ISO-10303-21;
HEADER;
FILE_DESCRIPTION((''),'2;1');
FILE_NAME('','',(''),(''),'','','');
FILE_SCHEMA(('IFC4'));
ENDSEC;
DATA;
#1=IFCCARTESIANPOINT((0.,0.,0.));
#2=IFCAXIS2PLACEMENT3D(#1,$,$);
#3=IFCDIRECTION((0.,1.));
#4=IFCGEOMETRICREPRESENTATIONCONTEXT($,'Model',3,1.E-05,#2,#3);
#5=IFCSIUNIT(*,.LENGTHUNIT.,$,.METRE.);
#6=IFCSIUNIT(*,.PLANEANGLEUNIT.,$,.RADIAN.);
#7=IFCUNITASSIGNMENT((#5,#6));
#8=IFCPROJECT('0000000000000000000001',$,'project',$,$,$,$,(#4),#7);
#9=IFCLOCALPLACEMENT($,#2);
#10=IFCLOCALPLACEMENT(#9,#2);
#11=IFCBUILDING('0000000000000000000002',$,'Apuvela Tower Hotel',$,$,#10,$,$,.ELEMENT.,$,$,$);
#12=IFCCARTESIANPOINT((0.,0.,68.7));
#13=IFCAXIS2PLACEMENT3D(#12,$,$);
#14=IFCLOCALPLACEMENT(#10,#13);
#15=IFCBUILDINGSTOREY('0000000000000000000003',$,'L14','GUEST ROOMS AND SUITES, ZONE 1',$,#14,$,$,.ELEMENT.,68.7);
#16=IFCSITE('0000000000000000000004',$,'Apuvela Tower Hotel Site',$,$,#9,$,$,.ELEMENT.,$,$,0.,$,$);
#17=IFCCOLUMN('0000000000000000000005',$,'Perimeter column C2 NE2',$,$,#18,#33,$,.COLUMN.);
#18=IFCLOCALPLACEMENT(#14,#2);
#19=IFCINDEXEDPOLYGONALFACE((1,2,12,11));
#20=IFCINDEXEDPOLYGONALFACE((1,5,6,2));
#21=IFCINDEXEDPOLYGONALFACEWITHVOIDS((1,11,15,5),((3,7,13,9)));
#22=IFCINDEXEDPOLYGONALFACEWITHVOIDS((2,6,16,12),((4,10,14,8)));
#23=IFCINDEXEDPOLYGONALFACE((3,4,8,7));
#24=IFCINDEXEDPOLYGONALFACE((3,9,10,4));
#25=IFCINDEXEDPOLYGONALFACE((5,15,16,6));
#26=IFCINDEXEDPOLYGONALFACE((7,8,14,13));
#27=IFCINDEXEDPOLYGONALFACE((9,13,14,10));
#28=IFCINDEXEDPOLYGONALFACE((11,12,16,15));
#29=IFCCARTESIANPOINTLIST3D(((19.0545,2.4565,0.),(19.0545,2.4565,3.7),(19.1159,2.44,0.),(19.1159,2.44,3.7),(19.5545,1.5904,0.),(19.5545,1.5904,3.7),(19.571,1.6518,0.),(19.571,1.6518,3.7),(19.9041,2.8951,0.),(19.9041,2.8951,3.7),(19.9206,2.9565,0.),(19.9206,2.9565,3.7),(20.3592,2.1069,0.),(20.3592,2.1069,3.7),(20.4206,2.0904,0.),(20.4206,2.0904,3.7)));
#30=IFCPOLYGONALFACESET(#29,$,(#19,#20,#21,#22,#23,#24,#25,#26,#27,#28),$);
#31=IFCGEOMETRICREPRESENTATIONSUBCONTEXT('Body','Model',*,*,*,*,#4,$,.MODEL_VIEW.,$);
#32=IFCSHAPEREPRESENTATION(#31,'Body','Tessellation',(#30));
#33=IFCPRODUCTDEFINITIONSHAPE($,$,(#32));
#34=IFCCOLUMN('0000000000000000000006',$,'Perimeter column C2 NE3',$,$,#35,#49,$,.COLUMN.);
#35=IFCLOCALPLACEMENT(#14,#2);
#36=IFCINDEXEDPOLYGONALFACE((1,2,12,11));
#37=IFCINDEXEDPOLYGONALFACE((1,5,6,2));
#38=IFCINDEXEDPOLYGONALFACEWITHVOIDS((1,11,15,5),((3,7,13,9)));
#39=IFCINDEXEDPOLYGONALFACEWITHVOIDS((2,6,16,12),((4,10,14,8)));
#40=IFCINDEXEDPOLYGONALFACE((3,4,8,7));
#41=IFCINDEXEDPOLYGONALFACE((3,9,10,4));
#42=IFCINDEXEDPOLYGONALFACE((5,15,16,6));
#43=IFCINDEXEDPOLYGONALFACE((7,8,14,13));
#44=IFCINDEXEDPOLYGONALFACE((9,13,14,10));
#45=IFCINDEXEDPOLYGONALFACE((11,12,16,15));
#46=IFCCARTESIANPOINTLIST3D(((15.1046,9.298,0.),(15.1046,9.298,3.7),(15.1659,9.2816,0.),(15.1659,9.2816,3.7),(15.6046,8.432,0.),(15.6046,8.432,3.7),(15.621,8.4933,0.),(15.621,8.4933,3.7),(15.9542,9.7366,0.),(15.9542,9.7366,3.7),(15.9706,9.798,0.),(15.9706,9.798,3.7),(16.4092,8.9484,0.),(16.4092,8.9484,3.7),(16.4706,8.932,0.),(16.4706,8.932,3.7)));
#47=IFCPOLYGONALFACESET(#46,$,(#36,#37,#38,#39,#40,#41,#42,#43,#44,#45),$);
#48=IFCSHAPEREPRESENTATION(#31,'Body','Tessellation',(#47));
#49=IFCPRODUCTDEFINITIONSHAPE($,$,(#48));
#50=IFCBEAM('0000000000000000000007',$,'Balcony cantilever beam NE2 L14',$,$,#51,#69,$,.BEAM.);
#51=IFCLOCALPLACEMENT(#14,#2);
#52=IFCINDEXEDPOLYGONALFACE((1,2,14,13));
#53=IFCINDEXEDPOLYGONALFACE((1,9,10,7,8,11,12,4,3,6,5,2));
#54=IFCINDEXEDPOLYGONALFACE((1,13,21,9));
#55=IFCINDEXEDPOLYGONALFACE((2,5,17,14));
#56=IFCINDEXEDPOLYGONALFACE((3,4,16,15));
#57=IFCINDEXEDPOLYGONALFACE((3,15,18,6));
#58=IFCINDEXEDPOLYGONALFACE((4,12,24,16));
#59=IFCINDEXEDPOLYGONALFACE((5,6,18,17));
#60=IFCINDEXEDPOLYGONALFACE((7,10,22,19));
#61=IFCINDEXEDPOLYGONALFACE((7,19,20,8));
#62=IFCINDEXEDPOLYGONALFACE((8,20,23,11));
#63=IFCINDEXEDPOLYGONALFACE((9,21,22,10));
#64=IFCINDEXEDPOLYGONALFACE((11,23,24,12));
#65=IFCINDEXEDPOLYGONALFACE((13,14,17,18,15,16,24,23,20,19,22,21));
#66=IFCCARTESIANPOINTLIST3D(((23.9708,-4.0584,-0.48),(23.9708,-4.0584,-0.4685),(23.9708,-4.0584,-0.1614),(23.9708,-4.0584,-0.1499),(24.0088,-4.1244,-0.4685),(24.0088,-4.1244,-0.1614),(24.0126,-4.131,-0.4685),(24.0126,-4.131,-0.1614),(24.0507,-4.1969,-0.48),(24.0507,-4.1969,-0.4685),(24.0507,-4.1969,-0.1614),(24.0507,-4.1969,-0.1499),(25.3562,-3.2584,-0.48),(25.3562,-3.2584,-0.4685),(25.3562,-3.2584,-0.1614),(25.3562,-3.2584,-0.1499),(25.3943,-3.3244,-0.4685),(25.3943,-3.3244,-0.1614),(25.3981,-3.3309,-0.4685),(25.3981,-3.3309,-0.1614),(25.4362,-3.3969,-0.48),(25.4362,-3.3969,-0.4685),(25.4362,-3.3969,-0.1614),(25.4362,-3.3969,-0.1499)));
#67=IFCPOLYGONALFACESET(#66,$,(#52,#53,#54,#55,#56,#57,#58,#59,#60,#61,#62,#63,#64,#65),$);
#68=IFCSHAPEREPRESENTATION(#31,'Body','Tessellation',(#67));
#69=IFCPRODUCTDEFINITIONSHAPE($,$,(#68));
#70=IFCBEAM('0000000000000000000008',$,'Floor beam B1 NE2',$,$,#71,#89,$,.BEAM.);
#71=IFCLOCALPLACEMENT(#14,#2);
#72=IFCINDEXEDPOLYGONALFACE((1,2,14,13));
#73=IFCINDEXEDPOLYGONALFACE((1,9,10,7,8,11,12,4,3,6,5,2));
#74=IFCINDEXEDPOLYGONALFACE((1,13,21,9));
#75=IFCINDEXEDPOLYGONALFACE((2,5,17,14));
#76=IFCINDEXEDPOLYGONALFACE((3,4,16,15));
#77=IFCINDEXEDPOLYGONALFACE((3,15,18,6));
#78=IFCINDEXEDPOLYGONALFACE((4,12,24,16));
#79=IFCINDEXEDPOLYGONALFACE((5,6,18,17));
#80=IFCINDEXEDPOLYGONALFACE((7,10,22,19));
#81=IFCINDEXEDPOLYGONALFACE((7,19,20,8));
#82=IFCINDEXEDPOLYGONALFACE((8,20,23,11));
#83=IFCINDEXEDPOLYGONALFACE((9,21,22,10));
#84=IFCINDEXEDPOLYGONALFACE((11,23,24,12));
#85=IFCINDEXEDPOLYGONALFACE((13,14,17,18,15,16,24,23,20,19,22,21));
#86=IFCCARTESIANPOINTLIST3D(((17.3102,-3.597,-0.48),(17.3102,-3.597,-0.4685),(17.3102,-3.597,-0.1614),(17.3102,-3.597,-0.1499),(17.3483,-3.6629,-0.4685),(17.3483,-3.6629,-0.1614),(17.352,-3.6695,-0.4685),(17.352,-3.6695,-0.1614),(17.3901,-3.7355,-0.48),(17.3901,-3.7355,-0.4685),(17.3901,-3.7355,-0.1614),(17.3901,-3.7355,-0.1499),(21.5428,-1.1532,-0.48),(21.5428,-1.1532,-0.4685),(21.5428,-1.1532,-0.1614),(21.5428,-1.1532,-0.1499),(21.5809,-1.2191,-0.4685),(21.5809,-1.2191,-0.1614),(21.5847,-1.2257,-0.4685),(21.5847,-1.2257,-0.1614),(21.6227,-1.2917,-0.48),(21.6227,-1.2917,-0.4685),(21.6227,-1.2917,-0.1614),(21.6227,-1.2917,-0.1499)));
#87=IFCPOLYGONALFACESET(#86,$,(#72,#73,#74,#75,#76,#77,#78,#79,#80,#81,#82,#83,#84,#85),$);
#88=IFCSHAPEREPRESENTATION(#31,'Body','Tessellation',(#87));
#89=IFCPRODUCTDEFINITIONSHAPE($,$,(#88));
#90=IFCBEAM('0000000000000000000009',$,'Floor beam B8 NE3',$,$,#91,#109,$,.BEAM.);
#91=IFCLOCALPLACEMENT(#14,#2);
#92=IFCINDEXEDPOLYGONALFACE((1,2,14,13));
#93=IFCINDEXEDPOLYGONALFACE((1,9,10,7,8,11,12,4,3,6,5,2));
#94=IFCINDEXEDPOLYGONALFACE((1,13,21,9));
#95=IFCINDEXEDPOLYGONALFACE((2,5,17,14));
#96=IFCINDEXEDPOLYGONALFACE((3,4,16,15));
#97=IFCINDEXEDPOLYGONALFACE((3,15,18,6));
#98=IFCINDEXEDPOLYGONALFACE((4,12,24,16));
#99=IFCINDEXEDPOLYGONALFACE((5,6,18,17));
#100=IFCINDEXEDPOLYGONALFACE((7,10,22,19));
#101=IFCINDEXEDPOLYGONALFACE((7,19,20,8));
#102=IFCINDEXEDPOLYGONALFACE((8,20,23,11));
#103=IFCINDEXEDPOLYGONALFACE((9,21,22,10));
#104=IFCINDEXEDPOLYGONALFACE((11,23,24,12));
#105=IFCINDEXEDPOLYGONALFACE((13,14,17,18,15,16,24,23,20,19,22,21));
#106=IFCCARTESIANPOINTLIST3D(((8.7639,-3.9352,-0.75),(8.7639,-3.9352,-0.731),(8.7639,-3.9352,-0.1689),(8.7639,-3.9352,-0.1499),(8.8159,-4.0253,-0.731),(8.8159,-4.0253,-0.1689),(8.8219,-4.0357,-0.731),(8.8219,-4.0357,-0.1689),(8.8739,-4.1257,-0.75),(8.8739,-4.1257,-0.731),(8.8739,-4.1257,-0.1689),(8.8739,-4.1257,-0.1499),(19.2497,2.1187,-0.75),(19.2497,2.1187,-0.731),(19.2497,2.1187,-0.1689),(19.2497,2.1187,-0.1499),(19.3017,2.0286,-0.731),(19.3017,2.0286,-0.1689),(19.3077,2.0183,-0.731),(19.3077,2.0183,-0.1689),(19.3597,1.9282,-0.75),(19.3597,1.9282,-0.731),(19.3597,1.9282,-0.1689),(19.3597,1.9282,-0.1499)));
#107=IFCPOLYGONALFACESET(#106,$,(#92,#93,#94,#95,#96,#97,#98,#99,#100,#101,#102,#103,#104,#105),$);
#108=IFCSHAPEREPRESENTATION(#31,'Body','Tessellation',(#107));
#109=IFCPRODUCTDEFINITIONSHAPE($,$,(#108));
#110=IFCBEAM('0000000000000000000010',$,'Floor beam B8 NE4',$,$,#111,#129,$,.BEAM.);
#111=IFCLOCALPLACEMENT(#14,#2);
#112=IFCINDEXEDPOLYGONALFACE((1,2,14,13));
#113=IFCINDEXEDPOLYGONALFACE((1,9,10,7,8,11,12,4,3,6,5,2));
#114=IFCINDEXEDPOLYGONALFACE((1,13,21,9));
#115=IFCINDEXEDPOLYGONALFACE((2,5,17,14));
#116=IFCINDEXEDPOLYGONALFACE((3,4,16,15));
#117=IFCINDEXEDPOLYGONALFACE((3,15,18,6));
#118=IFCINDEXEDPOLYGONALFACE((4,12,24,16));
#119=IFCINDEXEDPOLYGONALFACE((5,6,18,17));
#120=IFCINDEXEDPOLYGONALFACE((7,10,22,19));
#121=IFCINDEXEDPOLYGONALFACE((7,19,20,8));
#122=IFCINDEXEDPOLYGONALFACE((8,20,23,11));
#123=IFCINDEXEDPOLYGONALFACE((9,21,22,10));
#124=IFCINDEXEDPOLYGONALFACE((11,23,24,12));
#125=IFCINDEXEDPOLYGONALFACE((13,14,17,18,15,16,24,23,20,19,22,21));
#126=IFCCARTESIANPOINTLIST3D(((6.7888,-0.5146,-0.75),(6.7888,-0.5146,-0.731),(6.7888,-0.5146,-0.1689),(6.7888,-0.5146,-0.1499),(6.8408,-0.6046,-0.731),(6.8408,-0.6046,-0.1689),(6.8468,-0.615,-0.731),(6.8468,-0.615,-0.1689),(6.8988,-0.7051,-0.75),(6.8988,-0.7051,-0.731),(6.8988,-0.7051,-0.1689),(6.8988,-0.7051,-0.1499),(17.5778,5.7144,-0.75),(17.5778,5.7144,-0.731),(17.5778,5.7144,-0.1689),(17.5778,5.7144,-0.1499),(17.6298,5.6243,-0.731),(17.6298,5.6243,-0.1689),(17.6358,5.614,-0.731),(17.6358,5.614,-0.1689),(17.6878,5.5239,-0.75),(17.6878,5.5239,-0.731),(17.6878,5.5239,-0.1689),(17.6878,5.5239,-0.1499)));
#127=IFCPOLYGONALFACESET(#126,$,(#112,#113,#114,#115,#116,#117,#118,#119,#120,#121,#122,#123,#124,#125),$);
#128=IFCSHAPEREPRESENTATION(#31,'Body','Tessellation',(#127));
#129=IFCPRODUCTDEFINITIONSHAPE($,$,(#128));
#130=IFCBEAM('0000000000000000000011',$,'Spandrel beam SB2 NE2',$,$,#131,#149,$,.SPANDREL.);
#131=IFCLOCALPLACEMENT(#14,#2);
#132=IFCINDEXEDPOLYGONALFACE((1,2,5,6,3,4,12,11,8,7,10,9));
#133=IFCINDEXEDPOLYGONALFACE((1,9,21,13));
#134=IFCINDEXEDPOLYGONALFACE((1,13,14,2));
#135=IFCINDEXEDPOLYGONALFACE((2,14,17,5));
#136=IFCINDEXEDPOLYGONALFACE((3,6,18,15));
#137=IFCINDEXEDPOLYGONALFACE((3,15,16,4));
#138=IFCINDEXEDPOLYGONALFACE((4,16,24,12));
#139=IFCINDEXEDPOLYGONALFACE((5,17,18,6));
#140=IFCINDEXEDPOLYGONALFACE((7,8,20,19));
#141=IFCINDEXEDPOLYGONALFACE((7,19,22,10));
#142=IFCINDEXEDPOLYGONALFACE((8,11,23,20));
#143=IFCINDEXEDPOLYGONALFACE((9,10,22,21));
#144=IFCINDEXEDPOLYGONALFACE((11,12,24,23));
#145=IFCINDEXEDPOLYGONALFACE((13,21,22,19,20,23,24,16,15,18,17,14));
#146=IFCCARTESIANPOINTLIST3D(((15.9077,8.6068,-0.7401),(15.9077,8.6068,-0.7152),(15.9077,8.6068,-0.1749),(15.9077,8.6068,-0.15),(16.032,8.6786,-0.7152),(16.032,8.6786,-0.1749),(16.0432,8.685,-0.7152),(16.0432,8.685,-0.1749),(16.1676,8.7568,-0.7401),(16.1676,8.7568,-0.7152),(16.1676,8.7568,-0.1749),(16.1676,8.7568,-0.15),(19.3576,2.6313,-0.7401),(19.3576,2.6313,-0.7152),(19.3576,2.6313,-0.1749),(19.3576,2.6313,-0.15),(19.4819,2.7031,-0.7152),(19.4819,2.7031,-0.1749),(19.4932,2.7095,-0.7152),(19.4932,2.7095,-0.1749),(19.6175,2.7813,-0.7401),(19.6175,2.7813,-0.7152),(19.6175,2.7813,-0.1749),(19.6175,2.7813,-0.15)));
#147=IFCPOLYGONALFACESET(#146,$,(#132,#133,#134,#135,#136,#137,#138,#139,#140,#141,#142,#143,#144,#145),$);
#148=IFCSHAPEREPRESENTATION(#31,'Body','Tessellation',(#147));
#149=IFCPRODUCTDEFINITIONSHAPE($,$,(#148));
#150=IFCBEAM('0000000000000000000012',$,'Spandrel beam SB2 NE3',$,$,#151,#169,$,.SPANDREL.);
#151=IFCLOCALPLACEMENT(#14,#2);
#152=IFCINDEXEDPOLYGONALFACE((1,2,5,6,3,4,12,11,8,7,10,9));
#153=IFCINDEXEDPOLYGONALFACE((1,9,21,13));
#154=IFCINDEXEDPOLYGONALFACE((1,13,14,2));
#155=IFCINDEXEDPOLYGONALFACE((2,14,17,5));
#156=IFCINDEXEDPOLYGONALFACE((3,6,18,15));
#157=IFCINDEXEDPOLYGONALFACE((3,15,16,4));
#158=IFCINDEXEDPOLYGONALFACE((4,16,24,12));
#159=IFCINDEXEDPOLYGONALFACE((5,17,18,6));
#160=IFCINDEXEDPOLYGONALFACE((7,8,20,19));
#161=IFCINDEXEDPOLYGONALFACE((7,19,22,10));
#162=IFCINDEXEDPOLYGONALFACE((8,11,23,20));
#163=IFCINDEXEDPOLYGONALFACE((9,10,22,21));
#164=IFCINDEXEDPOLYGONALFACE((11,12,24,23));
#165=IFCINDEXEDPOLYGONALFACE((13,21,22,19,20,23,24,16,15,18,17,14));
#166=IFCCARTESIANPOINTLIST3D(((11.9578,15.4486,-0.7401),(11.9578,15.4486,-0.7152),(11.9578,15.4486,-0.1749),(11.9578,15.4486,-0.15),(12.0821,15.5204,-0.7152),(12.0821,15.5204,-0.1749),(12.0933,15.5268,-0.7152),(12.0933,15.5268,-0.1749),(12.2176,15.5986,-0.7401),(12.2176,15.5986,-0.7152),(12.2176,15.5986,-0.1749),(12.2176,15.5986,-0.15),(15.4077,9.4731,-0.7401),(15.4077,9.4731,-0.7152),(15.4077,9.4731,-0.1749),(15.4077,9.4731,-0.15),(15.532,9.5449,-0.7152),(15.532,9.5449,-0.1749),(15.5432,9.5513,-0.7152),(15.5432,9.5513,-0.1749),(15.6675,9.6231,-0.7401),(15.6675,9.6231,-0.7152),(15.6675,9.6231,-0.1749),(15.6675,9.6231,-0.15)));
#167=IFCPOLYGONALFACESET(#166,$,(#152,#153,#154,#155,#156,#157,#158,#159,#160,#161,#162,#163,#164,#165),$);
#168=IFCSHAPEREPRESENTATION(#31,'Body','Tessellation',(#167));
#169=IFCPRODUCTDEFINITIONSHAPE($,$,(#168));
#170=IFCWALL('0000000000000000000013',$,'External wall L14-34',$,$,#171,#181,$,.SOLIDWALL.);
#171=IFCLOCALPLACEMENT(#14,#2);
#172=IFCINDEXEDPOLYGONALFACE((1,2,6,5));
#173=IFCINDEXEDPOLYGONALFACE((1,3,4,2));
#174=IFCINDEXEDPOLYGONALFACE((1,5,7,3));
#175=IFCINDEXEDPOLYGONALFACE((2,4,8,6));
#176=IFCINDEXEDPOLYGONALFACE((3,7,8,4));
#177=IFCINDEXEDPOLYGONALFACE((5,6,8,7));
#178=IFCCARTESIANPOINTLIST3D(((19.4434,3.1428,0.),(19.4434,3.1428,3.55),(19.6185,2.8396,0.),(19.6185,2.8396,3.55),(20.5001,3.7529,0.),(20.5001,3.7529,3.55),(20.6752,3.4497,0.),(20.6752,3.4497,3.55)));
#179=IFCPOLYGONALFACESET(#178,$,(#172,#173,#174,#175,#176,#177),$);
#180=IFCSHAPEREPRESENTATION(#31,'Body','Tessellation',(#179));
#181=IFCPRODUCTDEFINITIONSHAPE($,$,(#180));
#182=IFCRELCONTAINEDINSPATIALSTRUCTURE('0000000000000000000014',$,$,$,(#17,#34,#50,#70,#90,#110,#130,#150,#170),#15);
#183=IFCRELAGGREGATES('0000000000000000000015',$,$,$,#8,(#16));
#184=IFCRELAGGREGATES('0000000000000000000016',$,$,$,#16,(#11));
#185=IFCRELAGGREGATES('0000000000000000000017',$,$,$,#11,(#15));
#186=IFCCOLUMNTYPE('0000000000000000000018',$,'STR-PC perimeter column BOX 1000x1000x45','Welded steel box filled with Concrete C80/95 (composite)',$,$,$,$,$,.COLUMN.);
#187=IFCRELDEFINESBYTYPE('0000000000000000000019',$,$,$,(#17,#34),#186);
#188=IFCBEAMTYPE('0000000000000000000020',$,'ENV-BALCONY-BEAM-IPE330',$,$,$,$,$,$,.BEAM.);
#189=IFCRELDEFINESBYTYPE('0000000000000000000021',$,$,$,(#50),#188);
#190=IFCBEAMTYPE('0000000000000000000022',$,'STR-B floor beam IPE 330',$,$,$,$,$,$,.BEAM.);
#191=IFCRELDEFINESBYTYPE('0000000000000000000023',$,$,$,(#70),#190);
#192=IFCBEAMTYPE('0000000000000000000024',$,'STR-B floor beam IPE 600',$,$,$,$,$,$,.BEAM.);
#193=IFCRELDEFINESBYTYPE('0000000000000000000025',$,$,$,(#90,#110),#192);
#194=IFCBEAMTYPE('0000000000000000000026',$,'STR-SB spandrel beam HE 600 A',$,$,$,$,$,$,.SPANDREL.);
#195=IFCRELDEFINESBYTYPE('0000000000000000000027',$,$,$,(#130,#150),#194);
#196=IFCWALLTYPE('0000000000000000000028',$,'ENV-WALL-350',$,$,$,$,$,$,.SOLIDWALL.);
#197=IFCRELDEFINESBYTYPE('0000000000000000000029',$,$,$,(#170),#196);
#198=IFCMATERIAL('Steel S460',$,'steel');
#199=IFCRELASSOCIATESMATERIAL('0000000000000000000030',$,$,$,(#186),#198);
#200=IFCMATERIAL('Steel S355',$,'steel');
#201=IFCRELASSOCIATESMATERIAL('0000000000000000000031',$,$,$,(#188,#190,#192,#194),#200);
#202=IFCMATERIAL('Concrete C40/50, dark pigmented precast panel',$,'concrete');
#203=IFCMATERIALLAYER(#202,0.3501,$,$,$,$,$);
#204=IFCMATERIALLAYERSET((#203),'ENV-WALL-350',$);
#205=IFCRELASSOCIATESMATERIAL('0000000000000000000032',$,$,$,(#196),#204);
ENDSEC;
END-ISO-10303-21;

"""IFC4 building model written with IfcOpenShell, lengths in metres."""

from ifc_helpers import new_model, si_unit, direction, frame, frame_2d, origin, origin_2d, place, context, subcontext, project, spatial, rectangle, hollow_rectangle, i_section, extrude, material, layer, layer_set, material_profile, profile_set, type_object, element, save


model = new_model("IFC4")

# Units and contexts
model_context = context("Model", 3, precision=1e-05, world=origin(), true_north=direction((0.0, 1.0)))
body_context = subcontext(model_context, "Body", "Model", "MODEL_VIEW")
ifc_project = project(units=[si_unit("LENGTHUNIT", "METRE"), si_unit("PLANEANGLEUNIT", "RADIAN")], contexts=[model_context])

# Site, building, storey
site_placement = place(None, origin())
site = spatial("IfcSite", under=ifc_project, at=site_placement, Name="Apuvela Tower Hotel Site", CompositionType="ELEMENT", RefElevation=0.0)
building_placement = place(site_placement, origin())
building = spatial("IfcBuilding", under=site, at=building_placement, Name="Apuvela Tower Hotel", CompositionType="ELEMENT")
storey_placement = place(building_placement, frame((0.0, 0.0, 68.7)))
storey = spatial("IfcBuildingStorey", under=building, at=storey_placement, Name="L14", Description="GUEST ROOMS AND SUITES, ZONE 1", CompositionType="ELEMENT", Elevation=68.7)

# Columns
ifc_material_1 = material(Name="Steel S460", Category="steel")
ifc_material_profile_1 = material_profile(ifc_material_1, hollow_rectangle(XDim=1.0, YDim=1.0, WallThickness=0.0449, at=origin_2d()), Name="BOX 1000x1000x45")
ifc_material_2 = material(Name="Concrete C80/95", Category="concrete")
ifc_material_profile_2 = material_profile(ifc_material_2, rectangle(XDim=0.9099, YDim=0.9099, at=origin_2d()), Name="Concrete C80/95 infill")
ifc_profile_set_1 = profile_set([ifc_material_profile_1, ifc_material_profile_2], Name="Steel S460")
column_type = type_object("IfcColumnType", Name="STR-PC perimeter column BOX 1000x1000x45", Description="Welded steel box filled with Concrete C80/95 (composite)", PredefinedType="COLUMN", material=ifc_profile_set_1)
for number, where, z_axis, x_axis, name in (
    (1, (19.7375, 2.2734, 0.0), (0.0, 0.0, 1.0), (-0.5, 0.866025, 0.0), "Perimeter column C2 NE2"),
    (2, (15.7876, 9.115, 0.0), (0.0, 0.0, 1.0), (-0.5, 0.866025, 0.0), "Perimeter column C2 NE3"),
):
    element("IfcColumn", number, at=place(storey_placement, frame(where, z_axis=z_axis, x_axis=x_axis)), inside=storey, type_object=column_type, Name=name, PredefinedType="COLUMN", context=body_context, shape_type="SweptSolid", body=[
        extrude(hollow_rectangle(XDim=1.0, YDim=1.0, WallThickness=0.0449, at=origin_2d()), origin(), (0.0, 0.0, 1.0), 3.7),
    ])

# Beams
ifc_material_3 = material(Name="Steel S355", Category="steel")
ifc_material_profile_3 = material_profile(ifc_material_3, i_section(OverallWidth=0.1599, OverallDepth=0.3301, WebThickness=0.0076, FlangeThickness=0.0115, at=origin_2d()), Name="IPE 330")
ifc_profile_set_2 = profile_set([ifc_material_profile_3], Name="Steel S355")
beam_type_1 = type_object("IfcBeamType", Name="ENV-BALCONY-BEAM-IPE330", PredefinedType="BEAM", material=ifc_profile_set_2)
beam_1_placement = place(storey_placement, frame((24.0107, -4.1277, -0.3149), z_axis=(0.86599, 0.500061, 0.0), x_axis=(-0.500061, 0.86599, 0.0)))
element("IfcBeam", 3, at=beam_1_placement, inside=storey, type_object=beam_type_1, Name="Balcony cantilever beam NE2 L14", PredefinedType="BEAM", context=body_context, shape_type="SweptSolid", body=[
    extrude(i_section(OverallWidth=0.1599, OverallDepth=0.3301, WebThickness=0.0076, FlangeThickness=0.0115, at=origin_2d()), origin(), (0.0, 0.0, 1.0), 1.5999),
])
ifc_material_profile_4 = material_profile(ifc_material_3, i_section(OverallWidth=0.1599, OverallDepth=0.3301, WebThickness=0.0076, FlangeThickness=0.0115, at=origin_2d()), Name="IPE 330")
ifc_profile_set_3 = profile_set([ifc_material_profile_4], Name="Steel S355")
beam_type_2 = type_object("IfcBeamType", Name="STR-B floor beam IPE 330", PredefinedType="BEAM", material=ifc_profile_set_3)
beam_2_placement = place(storey_placement, frame((21.5828, -1.2224, -0.3149), z_axis=(-0.866015, -0.500018, 0.0), x_axis=(0.500018, -0.866015, 0.0)))
element("IfcBeam", 4, at=beam_2_placement, inside=storey, type_object=beam_type_2, Name="Floor beam B1 NE2", PredefinedType="BEAM", context=body_context, shape_type="SweptSolid", body=[
    extrude(i_section(OverallWidth=0.1599, OverallDepth=0.3301, WebThickness=0.0076, FlangeThickness=0.0115, at=origin_2d()), origin(), (0.0, 0.0, 1.0), 4.8875),
])
ifc_material_profile_5 = material_profile(ifc_material_3, i_section(OverallWidth=0.22, OverallDepth=0.6001, WebThickness=0.012, FlangeThickness=0.019, at=origin_2d()), Name="IPE 600")
ifc_profile_set_4 = profile_set([ifc_material_profile_5], Name="Steel S355")
beam_type_3 = type_object("IfcBeamType", Name="STR-B floor beam IPE 600", PredefinedType="BEAM", material=ifc_profile_set_4)
beam_3_placement = place(storey_placement, frame((19.3047, 2.0234, -0.45), z_axis=(-0.866027, -0.499997, 0.0), x_axis=(0.499997, -0.866027, 0.0)))
element("IfcBeam", 5, at=beam_3_placement, inside=storey, type_object=beam_type_3, Name="Floor beam B8 NE3", PredefinedType="BEAM", context=body_context, shape_type="SweptSolid", body=[
    extrude(i_section(OverallWidth=0.22, OverallDepth=0.6001, WebThickness=0.012, FlangeThickness=0.019, at=origin_2d()), origin(), (0.0, 0.0, 1.0), 12.1079),
])
beam_4_placement = place(storey_placement, frame((17.6328, 5.6191, -0.45), z_axis=(-0.866028, -0.499996, 0.0), x_axis=(0.499996, -0.866028, 0.0)))
element("IfcBeam", 6, at=beam_4_placement, inside=storey, type_object=beam_type_3, Name="Floor beam B8 NE4", PredefinedType="BEAM", context=body_context, shape_type="SweptSolid", body=[
    extrude(i_section(OverallWidth=0.22, OverallDepth=0.6001, WebThickness=0.012, FlangeThickness=0.019, at=origin_2d()), origin(), (0.0, 0.0, 1.0), 12.458),
])
ifc_material_profile_6 = material_profile(ifc_material_3, i_section(OverallWidth=0.3, OverallDepth=0.5901, WebThickness=0.0129, FlangeThickness=0.0249, at=origin_2d()), Name="HE 600 A")
ifc_profile_set_5 = profile_set([ifc_material_profile_6], Name="Steel S355")
beam_type_4 = type_object("IfcBeamType", Name="STR-SB spandrel beam HE 600 A", PredefinedType="SPANDREL", material=ifc_profile_set_5)
for number, where, z_axis, x_axis, name in (
    (7, (19.4875, 2.7063, -0.4451), (-0.499994, 0.866029, 0.0), (-0.866029, -0.499994, 0.0), "Spandrel beam SB2 NE2"),
    (8, (15.5376, 9.5481, -0.4451), (-0.499994, 0.866029, 0.0), (-0.866029, -0.499994, 0.0), "Spandrel beam SB2 NE3"),
):
    element("IfcBeam", number, at=place(storey_placement, frame(where, z_axis=z_axis, x_axis=x_axis)), inside=storey, type_object=beam_type_4, Name=name, PredefinedType="SPANDREL", context=body_context, shape_type="SweptSolid", body=[
        extrude(i_section(OverallWidth=0.3, OverallDepth=0.5901, WebThickness=0.0129, FlangeThickness=0.0249, at=origin_2d()), origin(), (0.0, 0.0, 1.0), 6.8999),
    ])

# Wall
ifc_material_4 = material(Name="Concrete C40/50, dark pigmented precast panel", Category="concrete")
ifc_layer_1 = layer(ifc_material_4, 0.3501)
ifc_layer_set_1 = layer_set([ifc_layer_1], Name="ENV-WALL-350")
wall_type_1 = type_object("IfcWallType", Name="ENV-WALL-350", PredefinedType="SOLIDWALL", material=ifc_layer_set_1)
wall_1_placement = place(storey_placement, frame((20.5876, 3.6013, 0.0), z_axis=(0.0, 0.0, 1.0), x_axis=(-0.866006, -0.500034, 0.0)))
element("IfcWall", 9, at=wall_1_placement, inside=storey, type_object=wall_type_1, Name="External wall L14-34", PredefinedType="SOLIDWALL", context=body_context, shape_type="SweptSolid", body=[
    extrude(rectangle(XDim=1.2202, YDim=0.3501, at=frame_2d((0.6101, 0.0))), origin(), (0.0, 0.0, 1.0), 3.55),
])

save(model, "model.ifc")
